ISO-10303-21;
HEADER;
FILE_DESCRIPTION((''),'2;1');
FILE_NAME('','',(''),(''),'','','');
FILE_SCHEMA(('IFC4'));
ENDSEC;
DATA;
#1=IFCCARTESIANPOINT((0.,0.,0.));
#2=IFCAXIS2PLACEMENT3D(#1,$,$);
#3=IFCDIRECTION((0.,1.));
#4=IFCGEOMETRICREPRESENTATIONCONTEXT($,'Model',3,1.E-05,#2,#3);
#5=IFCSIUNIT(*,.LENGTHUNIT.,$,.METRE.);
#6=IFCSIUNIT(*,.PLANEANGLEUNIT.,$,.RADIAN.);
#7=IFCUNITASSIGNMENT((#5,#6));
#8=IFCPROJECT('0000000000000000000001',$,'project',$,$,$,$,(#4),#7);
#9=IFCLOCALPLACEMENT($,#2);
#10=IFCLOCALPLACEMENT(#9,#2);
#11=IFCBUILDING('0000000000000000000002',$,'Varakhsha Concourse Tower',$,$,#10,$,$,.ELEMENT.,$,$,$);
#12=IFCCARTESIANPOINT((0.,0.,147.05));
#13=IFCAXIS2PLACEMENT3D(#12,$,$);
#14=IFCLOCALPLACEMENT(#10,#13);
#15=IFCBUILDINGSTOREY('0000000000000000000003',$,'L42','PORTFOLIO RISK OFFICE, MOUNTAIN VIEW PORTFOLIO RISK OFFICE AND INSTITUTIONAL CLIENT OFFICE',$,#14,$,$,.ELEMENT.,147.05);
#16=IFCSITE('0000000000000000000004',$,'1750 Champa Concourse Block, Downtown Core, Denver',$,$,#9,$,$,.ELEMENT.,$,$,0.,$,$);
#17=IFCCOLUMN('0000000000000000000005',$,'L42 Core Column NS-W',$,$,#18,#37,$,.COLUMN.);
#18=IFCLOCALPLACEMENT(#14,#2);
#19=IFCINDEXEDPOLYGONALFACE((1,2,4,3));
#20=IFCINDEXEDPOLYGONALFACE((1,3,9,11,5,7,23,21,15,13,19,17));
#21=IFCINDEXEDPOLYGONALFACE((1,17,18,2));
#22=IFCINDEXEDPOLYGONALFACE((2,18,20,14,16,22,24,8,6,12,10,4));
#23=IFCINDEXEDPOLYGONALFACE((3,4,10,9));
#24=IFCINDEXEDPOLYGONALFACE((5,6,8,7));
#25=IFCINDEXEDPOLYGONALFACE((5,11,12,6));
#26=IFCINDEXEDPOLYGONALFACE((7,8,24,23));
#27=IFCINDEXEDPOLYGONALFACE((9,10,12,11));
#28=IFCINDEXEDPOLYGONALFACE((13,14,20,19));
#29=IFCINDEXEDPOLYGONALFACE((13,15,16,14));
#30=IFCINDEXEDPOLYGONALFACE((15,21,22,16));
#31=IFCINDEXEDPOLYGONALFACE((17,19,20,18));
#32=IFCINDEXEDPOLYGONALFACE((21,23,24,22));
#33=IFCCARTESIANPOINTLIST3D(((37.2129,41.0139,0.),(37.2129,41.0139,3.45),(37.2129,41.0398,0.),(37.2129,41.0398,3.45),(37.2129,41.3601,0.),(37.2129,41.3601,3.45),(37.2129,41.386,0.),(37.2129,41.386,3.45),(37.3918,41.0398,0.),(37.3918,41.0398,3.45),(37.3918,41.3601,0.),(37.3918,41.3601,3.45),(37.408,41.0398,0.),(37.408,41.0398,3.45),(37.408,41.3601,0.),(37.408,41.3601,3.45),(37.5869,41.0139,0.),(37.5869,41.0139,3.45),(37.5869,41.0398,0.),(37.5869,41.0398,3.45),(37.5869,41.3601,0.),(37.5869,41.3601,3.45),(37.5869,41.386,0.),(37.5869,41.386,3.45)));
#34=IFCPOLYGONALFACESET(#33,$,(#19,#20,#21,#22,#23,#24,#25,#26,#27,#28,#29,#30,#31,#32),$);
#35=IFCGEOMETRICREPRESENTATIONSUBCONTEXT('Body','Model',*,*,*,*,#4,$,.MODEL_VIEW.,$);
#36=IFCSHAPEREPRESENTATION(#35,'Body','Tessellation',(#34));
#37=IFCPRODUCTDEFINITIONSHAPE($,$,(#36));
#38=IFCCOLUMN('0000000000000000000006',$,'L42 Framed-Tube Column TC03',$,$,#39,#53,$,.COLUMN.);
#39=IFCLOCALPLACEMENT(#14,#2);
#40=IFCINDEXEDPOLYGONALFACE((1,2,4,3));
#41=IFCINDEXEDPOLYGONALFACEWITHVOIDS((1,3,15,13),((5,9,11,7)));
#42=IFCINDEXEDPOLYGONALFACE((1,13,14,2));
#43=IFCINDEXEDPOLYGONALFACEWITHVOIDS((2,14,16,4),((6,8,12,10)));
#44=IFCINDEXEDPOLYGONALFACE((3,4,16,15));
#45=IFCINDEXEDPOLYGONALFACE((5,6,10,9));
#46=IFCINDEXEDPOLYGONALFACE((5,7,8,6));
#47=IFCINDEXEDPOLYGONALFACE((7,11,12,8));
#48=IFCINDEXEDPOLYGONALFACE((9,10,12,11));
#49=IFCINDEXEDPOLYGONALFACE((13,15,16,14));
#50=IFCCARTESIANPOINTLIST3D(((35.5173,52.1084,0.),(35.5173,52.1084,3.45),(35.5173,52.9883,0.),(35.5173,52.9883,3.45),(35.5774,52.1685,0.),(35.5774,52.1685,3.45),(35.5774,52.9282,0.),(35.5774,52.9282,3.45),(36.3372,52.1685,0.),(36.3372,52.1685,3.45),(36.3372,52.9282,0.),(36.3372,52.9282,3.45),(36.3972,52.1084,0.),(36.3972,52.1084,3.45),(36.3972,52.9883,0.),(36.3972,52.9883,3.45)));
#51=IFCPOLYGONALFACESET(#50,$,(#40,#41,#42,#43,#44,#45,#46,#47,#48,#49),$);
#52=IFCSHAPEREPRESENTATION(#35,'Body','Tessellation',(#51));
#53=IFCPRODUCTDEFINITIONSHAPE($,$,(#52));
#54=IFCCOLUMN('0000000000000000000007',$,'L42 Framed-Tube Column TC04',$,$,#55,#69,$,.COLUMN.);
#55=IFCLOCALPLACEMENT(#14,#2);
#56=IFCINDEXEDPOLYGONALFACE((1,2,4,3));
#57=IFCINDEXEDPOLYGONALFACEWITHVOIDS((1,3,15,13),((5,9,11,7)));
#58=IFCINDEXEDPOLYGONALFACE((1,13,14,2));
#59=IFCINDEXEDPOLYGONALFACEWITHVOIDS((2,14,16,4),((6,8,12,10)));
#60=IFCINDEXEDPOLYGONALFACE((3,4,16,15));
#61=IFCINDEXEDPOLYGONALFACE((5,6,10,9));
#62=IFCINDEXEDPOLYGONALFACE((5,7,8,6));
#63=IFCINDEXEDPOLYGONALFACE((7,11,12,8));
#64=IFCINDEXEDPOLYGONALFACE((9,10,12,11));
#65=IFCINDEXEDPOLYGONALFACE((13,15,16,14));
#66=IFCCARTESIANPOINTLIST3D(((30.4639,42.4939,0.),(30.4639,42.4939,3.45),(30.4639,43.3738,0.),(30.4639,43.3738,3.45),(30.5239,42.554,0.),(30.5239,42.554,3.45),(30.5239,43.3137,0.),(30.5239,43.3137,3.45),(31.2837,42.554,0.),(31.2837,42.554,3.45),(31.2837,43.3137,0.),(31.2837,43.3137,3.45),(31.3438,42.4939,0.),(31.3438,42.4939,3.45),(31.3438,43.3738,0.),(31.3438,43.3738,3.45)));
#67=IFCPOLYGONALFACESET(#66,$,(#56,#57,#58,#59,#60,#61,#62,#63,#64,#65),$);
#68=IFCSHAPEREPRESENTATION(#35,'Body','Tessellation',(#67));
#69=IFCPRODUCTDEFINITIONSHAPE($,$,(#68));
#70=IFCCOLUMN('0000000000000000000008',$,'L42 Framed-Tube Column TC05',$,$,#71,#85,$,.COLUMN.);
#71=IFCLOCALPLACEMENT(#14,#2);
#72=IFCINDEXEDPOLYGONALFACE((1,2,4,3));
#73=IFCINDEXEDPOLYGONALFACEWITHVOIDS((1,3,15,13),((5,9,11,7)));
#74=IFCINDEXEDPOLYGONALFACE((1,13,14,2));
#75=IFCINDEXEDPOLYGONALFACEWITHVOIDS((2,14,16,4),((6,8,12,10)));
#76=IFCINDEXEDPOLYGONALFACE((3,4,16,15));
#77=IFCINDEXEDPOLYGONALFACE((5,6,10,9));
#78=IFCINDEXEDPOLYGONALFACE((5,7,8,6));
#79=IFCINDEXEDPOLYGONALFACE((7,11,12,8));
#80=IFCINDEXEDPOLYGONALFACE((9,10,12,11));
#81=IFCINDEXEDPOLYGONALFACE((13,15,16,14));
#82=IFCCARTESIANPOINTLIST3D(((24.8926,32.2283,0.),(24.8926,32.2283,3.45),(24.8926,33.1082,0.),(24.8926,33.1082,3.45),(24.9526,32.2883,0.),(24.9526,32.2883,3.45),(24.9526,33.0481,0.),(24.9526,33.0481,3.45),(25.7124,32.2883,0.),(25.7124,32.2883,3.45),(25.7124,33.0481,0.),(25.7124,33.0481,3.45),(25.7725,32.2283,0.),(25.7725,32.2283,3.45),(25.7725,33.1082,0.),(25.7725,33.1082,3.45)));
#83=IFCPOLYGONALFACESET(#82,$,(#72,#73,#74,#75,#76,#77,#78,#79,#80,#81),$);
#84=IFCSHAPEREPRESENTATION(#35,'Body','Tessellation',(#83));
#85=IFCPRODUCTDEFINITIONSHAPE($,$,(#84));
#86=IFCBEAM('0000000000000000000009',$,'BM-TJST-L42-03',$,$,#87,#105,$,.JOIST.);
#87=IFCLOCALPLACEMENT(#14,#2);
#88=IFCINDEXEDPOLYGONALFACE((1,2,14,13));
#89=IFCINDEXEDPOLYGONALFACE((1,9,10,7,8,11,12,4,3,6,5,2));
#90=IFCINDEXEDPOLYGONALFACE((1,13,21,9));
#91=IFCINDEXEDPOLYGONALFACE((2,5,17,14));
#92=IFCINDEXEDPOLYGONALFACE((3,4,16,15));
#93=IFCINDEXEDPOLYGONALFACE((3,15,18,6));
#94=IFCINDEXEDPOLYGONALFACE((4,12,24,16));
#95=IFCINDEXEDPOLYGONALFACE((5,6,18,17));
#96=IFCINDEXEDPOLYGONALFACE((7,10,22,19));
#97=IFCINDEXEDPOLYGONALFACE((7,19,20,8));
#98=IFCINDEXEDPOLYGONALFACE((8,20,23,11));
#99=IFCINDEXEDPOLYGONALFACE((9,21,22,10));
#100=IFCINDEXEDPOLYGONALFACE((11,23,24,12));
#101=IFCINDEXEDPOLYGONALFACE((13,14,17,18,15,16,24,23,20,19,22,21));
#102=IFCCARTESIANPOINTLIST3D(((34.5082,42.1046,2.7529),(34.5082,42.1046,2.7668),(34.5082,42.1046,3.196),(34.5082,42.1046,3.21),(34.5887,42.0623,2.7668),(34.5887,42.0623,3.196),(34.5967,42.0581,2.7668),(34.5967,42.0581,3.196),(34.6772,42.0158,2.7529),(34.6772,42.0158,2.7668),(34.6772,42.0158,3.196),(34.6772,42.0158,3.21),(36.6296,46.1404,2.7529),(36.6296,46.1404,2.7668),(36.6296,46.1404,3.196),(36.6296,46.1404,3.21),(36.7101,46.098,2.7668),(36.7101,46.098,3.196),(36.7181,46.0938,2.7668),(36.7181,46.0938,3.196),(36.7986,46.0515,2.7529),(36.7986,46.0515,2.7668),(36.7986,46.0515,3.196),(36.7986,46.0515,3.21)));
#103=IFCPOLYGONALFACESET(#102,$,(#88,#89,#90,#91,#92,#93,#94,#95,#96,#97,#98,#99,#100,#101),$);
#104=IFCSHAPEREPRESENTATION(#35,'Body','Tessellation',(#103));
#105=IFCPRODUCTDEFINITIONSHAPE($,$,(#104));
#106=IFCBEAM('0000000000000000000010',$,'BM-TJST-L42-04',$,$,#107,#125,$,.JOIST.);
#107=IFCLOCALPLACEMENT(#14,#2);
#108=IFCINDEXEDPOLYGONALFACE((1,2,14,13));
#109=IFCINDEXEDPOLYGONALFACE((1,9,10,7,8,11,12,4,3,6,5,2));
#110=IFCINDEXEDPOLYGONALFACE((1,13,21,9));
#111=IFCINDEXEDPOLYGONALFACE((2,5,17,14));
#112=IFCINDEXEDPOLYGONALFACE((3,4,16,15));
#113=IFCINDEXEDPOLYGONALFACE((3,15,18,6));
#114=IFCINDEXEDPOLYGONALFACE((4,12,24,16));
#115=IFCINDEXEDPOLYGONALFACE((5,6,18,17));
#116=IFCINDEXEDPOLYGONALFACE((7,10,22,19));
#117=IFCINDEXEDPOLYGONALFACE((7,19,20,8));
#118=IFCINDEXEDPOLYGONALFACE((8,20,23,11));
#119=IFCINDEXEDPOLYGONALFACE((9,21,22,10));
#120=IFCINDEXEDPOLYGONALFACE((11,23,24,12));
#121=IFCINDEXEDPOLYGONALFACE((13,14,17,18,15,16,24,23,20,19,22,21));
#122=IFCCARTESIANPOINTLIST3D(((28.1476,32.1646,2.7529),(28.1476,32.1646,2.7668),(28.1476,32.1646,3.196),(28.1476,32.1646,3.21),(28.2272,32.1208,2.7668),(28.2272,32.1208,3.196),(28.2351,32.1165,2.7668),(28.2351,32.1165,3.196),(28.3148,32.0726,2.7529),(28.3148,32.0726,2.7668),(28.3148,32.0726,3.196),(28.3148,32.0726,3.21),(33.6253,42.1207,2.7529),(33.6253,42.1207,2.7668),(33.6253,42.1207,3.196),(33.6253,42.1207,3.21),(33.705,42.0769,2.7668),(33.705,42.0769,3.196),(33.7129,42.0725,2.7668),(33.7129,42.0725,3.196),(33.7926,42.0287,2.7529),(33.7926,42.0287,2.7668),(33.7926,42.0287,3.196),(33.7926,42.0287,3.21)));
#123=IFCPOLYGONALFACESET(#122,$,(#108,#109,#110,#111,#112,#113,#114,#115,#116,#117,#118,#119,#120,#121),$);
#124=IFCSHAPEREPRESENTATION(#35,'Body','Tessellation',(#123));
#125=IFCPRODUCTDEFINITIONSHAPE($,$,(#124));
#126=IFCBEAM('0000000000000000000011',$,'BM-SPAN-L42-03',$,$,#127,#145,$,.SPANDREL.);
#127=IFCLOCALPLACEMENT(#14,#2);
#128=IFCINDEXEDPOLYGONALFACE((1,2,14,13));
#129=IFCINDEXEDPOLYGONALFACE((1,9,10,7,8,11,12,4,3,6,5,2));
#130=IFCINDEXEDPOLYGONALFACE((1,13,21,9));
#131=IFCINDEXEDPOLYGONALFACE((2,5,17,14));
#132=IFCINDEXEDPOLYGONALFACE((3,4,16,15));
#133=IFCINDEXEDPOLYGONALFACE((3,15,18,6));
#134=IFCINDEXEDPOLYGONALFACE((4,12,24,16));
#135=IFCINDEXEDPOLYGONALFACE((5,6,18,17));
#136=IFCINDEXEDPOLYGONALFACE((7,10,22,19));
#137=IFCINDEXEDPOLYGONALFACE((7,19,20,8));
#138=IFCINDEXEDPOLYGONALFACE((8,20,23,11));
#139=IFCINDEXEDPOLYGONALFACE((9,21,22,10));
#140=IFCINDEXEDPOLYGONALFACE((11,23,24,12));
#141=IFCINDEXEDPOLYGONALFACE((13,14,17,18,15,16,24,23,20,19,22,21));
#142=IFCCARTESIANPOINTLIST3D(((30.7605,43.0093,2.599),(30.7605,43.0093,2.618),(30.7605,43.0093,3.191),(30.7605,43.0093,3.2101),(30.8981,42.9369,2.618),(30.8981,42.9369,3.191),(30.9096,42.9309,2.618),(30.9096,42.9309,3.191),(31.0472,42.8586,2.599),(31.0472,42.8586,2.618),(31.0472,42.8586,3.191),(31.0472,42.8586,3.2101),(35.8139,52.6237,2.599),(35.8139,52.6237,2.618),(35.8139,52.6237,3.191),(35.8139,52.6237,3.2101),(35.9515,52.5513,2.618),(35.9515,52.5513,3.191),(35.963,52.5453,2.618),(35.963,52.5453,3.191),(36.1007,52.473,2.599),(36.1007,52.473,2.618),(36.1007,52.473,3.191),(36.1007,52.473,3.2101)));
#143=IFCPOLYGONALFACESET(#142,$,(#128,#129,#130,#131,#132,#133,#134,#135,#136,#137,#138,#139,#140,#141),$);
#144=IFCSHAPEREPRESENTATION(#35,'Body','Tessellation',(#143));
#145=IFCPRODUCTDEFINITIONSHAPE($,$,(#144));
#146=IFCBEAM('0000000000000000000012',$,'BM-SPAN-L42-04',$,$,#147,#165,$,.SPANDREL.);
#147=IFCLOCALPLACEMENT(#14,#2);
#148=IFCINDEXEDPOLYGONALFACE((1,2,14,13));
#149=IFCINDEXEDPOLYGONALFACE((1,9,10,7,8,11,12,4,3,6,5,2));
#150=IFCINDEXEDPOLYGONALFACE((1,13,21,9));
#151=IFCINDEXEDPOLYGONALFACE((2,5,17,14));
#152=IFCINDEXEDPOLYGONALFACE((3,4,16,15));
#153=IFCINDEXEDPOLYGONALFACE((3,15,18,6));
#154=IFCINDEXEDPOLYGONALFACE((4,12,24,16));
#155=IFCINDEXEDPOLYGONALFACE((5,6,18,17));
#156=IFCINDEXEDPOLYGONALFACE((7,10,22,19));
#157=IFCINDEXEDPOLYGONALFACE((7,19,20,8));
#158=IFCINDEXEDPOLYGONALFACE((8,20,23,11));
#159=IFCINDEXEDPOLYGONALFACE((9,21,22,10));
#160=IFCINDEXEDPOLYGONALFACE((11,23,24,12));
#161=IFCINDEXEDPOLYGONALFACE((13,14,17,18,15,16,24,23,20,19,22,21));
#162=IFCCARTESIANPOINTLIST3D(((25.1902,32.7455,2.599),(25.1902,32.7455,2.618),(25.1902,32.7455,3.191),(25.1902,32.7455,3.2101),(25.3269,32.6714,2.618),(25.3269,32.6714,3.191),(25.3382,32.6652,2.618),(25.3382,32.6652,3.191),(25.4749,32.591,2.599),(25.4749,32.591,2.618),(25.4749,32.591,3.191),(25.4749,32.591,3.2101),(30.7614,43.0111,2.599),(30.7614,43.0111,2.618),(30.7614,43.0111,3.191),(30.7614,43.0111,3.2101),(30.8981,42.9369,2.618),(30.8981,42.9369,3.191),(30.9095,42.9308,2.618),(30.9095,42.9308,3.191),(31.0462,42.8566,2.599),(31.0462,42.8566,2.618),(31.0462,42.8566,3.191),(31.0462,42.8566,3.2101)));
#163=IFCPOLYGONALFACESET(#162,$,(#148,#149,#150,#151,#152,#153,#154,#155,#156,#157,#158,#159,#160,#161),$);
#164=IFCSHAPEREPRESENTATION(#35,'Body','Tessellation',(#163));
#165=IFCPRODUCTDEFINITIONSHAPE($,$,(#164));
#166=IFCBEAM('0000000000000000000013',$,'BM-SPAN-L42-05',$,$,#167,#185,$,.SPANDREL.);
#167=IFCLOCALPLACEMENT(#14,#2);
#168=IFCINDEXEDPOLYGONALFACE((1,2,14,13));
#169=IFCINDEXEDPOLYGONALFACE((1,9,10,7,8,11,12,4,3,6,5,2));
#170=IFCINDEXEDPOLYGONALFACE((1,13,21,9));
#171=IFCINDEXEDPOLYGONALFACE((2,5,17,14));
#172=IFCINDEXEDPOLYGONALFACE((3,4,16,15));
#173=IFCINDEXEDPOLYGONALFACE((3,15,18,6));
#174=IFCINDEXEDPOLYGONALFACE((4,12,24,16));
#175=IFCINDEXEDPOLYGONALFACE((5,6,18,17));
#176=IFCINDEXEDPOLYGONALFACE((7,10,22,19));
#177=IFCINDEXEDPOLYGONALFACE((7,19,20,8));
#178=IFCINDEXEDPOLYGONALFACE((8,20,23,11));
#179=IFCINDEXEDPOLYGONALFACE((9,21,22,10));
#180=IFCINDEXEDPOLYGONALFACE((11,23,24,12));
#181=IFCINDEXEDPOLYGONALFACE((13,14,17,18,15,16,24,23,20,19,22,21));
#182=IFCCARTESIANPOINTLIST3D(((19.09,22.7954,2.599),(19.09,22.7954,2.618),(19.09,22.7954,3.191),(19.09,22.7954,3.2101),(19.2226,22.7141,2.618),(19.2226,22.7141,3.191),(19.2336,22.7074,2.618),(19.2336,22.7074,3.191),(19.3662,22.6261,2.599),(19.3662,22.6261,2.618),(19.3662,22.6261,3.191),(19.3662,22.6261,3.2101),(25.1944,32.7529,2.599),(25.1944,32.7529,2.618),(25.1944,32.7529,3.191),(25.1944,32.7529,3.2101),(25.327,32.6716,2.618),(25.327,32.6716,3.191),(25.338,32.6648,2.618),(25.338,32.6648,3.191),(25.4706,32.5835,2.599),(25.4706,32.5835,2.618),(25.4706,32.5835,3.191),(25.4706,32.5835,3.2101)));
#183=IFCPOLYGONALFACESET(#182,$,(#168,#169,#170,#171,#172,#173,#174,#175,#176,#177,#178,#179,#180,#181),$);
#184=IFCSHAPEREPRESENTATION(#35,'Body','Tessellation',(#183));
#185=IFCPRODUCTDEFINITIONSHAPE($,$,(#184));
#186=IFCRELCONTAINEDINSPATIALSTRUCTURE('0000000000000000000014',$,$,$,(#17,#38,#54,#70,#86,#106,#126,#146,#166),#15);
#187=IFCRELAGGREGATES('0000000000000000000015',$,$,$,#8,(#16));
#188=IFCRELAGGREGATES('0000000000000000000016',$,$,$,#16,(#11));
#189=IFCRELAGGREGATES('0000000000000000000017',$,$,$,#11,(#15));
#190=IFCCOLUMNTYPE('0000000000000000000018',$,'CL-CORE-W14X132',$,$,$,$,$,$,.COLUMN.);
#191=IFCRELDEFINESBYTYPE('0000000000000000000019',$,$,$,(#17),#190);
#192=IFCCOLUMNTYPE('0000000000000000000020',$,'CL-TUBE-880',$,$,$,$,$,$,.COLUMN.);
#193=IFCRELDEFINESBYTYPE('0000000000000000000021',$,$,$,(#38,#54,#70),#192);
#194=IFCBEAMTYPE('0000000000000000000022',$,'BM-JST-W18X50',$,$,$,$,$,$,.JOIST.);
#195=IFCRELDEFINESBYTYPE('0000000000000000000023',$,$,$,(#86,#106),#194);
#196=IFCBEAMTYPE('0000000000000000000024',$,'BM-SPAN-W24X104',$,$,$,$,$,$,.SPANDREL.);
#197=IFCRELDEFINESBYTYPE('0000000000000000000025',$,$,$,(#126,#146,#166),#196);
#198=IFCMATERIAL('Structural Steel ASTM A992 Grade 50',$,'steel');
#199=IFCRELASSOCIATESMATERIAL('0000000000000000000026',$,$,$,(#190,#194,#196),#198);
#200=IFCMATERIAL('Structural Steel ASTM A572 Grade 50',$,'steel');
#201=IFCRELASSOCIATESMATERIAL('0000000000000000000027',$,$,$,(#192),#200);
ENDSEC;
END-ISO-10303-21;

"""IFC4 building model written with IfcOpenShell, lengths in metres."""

from ifc_helpers import new_model, si_unit, direction, frame, origin, origin_2d, place, context, subcontext, project, spatial, hollow_rectangle, i_section, extrude, material, material_profile, profile_set, type_object, element, save


model = new_model("IFC4")

# Units and contexts
model_context = context("Model", 3, precision=1e-05, world=origin(), true_north=direction((0.0, 1.0)))
body_context = subcontext(model_context, "Body", "Model", "MODEL_VIEW")
ifc_project = project(units=[si_unit("LENGTHUNIT", "METRE"), si_unit("PLANEANGLEUNIT", "RADIAN")], contexts=[model_context])

# Site, building, storey
site_placement = place(None, origin())
site = spatial("IfcSite", under=ifc_project, at=site_placement, Name="1750 Champa Concourse Block, Downtown Core, Denver", CompositionType="ELEMENT", RefElevation=0.0)
building_placement = place(site_placement, origin())
building = spatial("IfcBuilding", under=site, at=building_placement, Name="Varakhsha Concourse Tower", CompositionType="ELEMENT")
storey_placement = place(building_placement, frame((0.0, 0.0, 147.05)))
storey = spatial("IfcBuildingStorey", under=building, at=storey_placement, Name="L42", Description="PORTFOLIO RISK OFFICE, MOUNTAIN VIEW PORTFOLIO RISK OFFICE AND INSTITUTIONAL CLIENT OFFICE", CompositionType="ELEMENT", Elevation=147.05)

# Columns
ifc_material_1 = material(Name="Structural Steel ASTM A992 Grade 50", Category="steel")
ifc_material_profile_1 = material_profile(ifc_material_1, i_section(OverallWidth=0.374, OverallDepth=0.3721, WebThickness=0.0161, FlangeThickness=0.0259, at=origin_2d()), Name="W14X132")
ifc_profile_set_1 = profile_set([ifc_material_profile_1], Name="Structural Steel ASTM A992 Grade 50")
column_type_1 = type_object("IfcColumnType", Name="CL-CORE-W14X132", PredefinedType="COLUMN", material=ifc_profile_set_1)
column_placement = place(storey_placement, frame((37.3999, 41.2, 0.0), z_axis=(0.0, 0.0, 1.0), x_axis=(1.0, 0.0, 0.0)))
element("IfcColumn", 1, at=column_placement, inside=storey, type_object=column_type_1, Name="L42 Core Column NS-W", PredefinedType="COLUMN", context=body_context, shape_type="SweptSolid", body=[
    extrude(i_section(OverallWidth=0.374, OverallDepth=0.3721, WebThickness=0.0161, FlangeThickness=0.0259, at=origin_2d()), origin(), (0.0, 0.0, 1.0), 3.45),
])
ifc_material_2 = material(Name="Structural Steel ASTM A572 Grade 50", Category="steel")
ifc_material_profile_2 = material_profile(ifc_material_2, hollow_rectangle(XDim=0.8799, YDim=0.8799, WallThickness=0.0601, at=origin_2d()), Name="BOX 880x880x60")
ifc_profile_set_2 = profile_set([ifc_material_profile_2], Name="Structural Steel ASTM A572 Grade 50")
column_type_2 = type_object("IfcColumnType", Name="CL-TUBE-880", PredefinedType="COLUMN", material=ifc_profile_set_2)
for number, where, z_axis, x_axis, name in (
    (2, (35.9573, 52.5483, 0.0), (0.0, 0.0, 1.0), (1.0, 0.0, 0.0), "L42 Framed-Tube Column TC03"),
    (3, (30.9038, 42.9338, 0.0), (0.0, 0.0, 1.0), (1.0, 0.0, 0.0), "L42 Framed-Tube Column TC04"),
    (4, (25.3325, 32.6682, 0.0), (0.0, 0.0, 1.0), (1.0, 0.0, 0.0), "L42 Framed-Tube Column TC05"),
):
    element("IfcColumn", number, at=place(storey_placement, frame(where, z_axis=z_axis, x_axis=x_axis)), inside=storey, type_object=column_type_2, Name=name, PredefinedType="COLUMN", context=body_context, shape_type="SweptSolid", body=[
        extrude(hollow_rectangle(XDim=0.8799, YDim=0.8799, WallThickness=0.0601, at=origin_2d()), origin(), (0.0, 0.0, 1.0), 3.45),
    ])

# Beams
ifc_material_profile_3 = material_profile(ifc_material_1, i_section(OverallWidth=0.1909, OverallDepth=0.457, WebThickness=0.009, FlangeThickness=0.0139, at=origin_2d()), Name="W18X50")
ifc_profile_set_3 = profile_set([ifc_material_profile_3], Name="Structural Steel ASTM A992 Grade 50")
beam_type_1 = type_object("IfcBeamType", Name="BM-JST-W18X50", PredefinedType="JOIST", material=ifc_profile_set_3)
beam_1_placement = place(storey_placement, frame((36.7141, 46.0959, 2.9814), z_axis=(-0.465285, -0.885161, 0.0), x_axis=(0.885161, -0.465285, 0.0)))
element("IfcBeam", 5, at=beam_1_placement, inside=storey, type_object=beam_type_1, Name="BM-TJST-L42-03", PredefinedType="JOIST", context=body_context, shape_type="SweptSolid", body=[
    extrude(i_section(OverallWidth=0.1909, OverallDepth=0.457, WebThickness=0.009, FlangeThickness=0.0139, at=origin_2d()), origin(), (0.0, 0.0, 1.0), 4.5593),
])
beam_2_placement = place(storey_placement, frame((33.709, 42.0747, 2.9814), z_axis=(-0.482051, -0.876143, 0.0), x_axis=(0.876143, -0.482051, 0.0)))
element("IfcBeam", 6, at=beam_2_placement, inside=storey, type_object=beam_type_1, Name="BM-TJST-L42-04", PredefinedType="JOIST", context=body_context, shape_type="SweptSolid", body=[
    extrude(i_section(OverallWidth=0.1909, OverallDepth=0.457, WebThickness=0.009, FlangeThickness=0.0139, at=origin_2d()), origin(), (0.0, 0.0, 1.0), 11.3635),
])
ifc_material_profile_4 = material_profile(ifc_material_1, i_section(OverallWidth=0.324, OverallDepth=0.6111, WebThickness=0.0129, FlangeThickness=0.019, at=origin_2d()), Name="W24X104")
ifc_profile_set_4 = profile_set([ifc_material_profile_4], Name="Structural Steel ASTM A992 Grade 50")
beam_type_2 = type_object("IfcBeamType", Name="BM-SPAN-W24X104", PredefinedType="SPANDREL", material=ifc_profile_set_4)
beam_3_placement = place(storey_placement, frame((35.9573, 52.5483, 2.9045), z_axis=(-0.465256, -0.885176, 0.0), x_axis=(0.885176, -0.465256, 0.0)))
element("IfcBeam", 7, at=beam_3_placement, inside=storey, type_object=beam_type_2, Name="BM-SPAN-L42-03", PredefinedType="SPANDREL", context=body_context, shape_type="SweptSolid", body=[
    extrude(i_section(OverallWidth=0.324, OverallDepth=0.6111, WebThickness=0.0129, FlangeThickness=0.019, at=origin_2d()), origin(), (0.0, 0.0, 1.0), 10.8616),
])
beam_4_placement = place(storey_placement, frame((30.9038, 42.9338, 2.9045), z_axis=(-0.476994, -0.878907, 0.0), x_axis=(0.878907, -0.476994, 0.0)))
element("IfcBeam", 8, at=beam_4_placement, inside=storey, type_object=beam_type_2, Name="BM-SPAN-L42-04", PredefinedType="SPANDREL", context=body_context, shape_type="SweptSolid", body=[
    extrude(i_section(OverallWidth=0.324, OverallDepth=0.6111, WebThickness=0.0129, FlangeThickness=0.019, at=origin_2d()), origin(), (0.0, 0.0, 1.0), 11.6799),
])
beam_5_placement = place(storey_placement, frame((25.3325, 32.6682, 2.9045), z_axis=(-0.522655, -0.852544, 0.0), x_axis=(0.852544, -0.522655, 0.0)))
element("IfcBeam", 9, at=beam_5_placement, inside=storey, type_object=beam_type_2, Name="BM-SPAN-L42-05", PredefinedType="SPANDREL", context=body_context, shape_type="SweptSolid", body=[
    extrude(i_section(OverallWidth=0.324, OverallDepth=0.6111, WebThickness=0.0129, FlangeThickness=0.019, at=origin_2d()), origin(), (0.0, 0.0, 1.0), 11.6797),
])

save(model, "model.ifc")
